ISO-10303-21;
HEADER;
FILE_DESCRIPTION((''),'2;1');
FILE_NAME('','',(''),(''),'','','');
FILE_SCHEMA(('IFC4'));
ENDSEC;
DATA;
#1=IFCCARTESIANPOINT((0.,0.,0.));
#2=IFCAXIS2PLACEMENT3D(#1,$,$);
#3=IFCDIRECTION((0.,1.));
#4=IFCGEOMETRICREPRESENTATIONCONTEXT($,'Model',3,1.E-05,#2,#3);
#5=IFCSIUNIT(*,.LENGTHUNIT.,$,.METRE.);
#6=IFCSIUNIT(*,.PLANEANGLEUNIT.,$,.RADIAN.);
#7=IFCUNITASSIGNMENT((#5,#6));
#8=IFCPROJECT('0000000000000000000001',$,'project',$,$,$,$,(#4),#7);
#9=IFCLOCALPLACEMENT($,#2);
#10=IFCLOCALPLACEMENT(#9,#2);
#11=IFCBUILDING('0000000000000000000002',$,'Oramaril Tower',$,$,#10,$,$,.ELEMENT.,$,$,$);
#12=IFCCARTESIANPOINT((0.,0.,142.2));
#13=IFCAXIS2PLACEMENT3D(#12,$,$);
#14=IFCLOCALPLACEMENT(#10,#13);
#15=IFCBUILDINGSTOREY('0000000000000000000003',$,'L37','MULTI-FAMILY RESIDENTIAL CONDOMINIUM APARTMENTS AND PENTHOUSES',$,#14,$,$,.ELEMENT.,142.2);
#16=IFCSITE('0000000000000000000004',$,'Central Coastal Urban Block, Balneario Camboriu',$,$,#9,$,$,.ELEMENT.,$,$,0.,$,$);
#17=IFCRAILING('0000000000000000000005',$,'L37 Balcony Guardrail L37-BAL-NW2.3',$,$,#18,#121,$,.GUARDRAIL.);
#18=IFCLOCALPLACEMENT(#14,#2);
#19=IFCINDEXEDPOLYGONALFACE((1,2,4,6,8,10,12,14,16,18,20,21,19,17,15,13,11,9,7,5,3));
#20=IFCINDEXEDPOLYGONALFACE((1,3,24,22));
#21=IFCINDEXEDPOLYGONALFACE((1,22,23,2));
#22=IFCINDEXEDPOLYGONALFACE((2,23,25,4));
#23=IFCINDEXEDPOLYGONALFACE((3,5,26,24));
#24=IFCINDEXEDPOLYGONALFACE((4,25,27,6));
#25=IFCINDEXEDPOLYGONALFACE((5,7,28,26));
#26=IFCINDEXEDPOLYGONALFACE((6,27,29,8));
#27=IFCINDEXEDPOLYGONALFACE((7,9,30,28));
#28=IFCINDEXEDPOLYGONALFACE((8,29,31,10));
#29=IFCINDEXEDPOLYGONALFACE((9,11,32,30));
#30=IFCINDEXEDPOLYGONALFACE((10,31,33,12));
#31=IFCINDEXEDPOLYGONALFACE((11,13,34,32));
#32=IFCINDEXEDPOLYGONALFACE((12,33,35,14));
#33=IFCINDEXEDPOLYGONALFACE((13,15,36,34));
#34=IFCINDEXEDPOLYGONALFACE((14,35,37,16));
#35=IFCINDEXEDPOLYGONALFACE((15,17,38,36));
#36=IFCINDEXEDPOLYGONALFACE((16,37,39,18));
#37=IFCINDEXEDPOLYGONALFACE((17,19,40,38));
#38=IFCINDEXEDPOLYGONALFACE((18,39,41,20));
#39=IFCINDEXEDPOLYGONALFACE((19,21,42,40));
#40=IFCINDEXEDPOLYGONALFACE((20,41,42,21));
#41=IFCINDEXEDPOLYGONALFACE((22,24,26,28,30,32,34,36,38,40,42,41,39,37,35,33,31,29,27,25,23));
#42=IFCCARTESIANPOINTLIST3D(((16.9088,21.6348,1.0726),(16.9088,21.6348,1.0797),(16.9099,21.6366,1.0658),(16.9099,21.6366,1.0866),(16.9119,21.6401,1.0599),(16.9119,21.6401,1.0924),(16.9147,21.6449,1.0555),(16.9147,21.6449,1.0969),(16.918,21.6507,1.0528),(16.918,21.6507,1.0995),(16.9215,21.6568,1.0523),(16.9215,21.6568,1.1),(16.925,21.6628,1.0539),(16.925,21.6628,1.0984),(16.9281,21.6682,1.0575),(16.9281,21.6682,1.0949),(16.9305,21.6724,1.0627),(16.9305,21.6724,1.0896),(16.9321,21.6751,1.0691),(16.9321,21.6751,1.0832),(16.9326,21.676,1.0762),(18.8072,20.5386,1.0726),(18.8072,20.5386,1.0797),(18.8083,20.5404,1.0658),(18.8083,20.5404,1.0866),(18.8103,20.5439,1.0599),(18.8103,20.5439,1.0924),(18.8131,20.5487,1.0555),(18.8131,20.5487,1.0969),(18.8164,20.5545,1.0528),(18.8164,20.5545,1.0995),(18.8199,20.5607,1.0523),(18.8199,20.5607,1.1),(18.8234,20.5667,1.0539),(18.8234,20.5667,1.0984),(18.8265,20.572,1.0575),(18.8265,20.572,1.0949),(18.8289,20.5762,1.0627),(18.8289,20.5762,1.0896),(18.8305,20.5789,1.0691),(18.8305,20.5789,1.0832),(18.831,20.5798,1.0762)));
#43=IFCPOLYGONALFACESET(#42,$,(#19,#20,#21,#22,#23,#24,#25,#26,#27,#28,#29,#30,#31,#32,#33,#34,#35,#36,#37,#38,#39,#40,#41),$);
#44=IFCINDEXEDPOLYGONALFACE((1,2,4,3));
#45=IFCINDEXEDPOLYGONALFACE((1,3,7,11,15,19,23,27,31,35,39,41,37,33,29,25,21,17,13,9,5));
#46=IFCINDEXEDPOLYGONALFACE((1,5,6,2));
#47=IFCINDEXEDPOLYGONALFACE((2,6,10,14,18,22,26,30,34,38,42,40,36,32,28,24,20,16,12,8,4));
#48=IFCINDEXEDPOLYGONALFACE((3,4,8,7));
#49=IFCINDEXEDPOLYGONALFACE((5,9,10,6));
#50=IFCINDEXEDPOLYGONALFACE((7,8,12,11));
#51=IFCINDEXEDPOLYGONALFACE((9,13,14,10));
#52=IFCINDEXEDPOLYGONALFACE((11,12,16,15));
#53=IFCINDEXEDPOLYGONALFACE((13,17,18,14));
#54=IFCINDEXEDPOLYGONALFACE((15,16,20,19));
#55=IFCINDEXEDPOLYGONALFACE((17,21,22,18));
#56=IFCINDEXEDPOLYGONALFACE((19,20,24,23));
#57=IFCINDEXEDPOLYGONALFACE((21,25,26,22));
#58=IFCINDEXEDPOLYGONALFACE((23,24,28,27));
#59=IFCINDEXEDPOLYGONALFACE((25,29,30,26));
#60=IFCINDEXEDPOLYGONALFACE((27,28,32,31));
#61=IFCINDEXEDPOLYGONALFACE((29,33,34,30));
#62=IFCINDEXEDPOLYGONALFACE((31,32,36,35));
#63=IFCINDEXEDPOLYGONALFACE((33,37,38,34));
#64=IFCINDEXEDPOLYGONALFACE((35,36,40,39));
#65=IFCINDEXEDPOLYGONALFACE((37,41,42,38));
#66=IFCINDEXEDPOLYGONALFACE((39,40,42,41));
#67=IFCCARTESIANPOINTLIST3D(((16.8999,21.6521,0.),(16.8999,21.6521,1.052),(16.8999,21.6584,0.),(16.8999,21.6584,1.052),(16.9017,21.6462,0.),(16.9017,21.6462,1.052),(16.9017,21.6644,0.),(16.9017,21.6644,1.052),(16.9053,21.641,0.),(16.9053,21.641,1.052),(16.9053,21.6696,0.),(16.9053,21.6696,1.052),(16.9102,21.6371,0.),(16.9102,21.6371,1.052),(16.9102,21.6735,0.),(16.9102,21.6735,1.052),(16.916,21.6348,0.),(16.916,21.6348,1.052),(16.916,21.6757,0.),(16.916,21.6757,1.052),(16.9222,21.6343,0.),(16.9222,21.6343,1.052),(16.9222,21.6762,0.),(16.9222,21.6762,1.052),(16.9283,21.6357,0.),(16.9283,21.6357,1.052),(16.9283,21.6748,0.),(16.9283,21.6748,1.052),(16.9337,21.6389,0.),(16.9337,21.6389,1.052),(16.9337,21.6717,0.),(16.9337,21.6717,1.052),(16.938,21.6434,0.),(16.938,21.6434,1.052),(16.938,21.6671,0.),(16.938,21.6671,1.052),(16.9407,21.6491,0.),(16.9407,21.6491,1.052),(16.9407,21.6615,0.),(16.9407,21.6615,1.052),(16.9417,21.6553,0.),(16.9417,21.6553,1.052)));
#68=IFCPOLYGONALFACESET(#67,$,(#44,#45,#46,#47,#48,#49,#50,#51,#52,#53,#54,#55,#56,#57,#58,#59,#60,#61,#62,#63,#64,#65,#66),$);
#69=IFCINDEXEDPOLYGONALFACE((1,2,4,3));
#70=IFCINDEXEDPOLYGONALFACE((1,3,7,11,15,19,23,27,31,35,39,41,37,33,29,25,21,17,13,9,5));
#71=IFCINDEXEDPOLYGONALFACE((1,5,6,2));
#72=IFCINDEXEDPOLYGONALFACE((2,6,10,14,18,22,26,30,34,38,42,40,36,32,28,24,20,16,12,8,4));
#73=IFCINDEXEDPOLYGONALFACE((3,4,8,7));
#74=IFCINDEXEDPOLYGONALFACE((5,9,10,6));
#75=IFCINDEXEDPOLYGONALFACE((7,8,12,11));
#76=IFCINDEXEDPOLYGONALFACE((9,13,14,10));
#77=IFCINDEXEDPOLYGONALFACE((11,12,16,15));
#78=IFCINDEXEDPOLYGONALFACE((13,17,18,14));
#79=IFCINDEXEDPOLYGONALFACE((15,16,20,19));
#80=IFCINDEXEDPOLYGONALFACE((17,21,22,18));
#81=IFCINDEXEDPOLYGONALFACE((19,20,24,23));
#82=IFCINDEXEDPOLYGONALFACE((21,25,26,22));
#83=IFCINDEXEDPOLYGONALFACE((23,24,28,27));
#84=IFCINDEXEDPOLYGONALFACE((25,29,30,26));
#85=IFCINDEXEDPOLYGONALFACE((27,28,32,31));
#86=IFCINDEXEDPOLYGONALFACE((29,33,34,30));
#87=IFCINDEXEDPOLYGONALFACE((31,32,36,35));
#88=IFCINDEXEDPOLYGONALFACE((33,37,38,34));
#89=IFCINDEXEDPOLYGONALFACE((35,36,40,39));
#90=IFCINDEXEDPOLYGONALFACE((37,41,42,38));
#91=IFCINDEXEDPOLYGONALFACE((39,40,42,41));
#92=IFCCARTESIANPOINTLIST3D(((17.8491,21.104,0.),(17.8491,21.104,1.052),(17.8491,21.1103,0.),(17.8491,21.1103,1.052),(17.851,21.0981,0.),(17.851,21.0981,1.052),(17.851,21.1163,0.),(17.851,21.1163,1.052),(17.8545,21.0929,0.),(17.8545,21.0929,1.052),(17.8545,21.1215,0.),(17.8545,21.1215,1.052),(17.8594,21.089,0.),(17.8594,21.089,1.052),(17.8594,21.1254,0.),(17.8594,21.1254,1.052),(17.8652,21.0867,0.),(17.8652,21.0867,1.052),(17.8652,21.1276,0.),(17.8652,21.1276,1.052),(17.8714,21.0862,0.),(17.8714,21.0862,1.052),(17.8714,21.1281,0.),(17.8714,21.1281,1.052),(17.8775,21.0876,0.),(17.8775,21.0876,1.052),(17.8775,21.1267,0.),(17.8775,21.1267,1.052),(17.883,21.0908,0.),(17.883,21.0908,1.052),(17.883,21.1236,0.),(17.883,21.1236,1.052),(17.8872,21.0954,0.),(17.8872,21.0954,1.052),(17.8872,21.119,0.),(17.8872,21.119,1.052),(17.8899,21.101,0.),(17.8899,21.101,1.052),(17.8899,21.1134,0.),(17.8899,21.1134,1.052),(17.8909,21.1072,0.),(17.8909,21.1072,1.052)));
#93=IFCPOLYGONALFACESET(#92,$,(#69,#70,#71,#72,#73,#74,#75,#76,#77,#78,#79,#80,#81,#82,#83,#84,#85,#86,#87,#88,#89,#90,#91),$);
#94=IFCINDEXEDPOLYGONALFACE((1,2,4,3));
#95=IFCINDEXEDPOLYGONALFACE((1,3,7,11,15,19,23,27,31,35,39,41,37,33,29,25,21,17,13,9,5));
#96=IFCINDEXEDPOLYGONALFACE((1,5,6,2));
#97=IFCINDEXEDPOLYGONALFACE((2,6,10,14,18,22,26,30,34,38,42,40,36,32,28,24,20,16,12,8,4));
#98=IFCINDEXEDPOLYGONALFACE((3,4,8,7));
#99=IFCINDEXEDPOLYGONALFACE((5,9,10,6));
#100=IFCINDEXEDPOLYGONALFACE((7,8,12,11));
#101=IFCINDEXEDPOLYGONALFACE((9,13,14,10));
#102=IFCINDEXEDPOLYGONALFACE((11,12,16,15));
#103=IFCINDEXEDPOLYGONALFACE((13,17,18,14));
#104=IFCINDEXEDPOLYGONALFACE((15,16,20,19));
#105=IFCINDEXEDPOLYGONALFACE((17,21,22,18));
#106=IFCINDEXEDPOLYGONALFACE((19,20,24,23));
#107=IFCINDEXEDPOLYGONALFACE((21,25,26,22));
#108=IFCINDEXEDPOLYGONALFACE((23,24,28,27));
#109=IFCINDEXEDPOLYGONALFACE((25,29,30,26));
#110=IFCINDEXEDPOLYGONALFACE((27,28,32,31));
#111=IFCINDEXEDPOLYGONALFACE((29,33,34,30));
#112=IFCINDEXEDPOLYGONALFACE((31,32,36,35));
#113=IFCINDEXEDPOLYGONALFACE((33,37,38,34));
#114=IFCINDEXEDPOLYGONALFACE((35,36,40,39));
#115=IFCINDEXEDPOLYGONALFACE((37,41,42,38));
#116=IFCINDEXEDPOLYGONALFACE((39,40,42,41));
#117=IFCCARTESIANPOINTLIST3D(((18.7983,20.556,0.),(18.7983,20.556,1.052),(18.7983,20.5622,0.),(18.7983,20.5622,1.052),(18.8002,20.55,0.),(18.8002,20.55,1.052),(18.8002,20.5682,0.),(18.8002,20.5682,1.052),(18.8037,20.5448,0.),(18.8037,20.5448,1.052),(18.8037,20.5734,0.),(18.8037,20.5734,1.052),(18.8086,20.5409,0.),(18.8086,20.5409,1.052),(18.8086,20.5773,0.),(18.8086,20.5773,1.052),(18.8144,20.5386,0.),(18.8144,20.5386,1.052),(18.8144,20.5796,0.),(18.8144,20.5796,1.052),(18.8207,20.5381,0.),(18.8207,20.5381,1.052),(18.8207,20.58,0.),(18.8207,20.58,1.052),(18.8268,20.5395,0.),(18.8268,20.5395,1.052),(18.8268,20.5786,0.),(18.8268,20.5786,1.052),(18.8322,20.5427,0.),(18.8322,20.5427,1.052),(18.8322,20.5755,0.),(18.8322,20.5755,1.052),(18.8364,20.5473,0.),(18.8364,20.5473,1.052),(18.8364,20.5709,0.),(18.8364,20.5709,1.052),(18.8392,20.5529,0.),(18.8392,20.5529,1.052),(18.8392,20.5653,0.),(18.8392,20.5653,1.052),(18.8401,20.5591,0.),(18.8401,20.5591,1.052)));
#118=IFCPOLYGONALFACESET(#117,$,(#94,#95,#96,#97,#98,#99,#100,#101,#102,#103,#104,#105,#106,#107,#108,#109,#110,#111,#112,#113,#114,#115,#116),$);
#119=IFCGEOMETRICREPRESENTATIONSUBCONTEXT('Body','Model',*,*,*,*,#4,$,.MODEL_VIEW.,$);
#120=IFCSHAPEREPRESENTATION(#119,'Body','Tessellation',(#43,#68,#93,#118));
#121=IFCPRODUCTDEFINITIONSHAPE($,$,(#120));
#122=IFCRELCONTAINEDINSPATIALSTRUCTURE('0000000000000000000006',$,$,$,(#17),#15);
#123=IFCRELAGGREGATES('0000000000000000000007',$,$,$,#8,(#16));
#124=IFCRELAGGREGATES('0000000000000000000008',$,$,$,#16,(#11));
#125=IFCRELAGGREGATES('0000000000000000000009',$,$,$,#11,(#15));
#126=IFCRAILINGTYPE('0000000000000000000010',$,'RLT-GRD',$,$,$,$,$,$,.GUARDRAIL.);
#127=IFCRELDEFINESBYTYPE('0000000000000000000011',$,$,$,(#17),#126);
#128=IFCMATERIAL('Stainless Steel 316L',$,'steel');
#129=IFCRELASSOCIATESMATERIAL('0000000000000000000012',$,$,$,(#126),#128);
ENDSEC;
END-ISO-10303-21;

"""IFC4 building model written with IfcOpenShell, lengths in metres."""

from ifc_helpers import new_model, si_unit, direction, frame, origin, origin_2d, place, context, subcontext, project, spatial, circle, extrude, material, type_object, element, save


model = new_model("IFC4")

# Units and contexts
model_context = context("Model", 3, precision=1e-05, world=origin(), true_north=direction((0.0, 1.0)))
body_context = subcontext(model_context, "Body", "Model", "MODEL_VIEW")
ifc_project = project(units=[si_unit("LENGTHUNIT", "METRE"), si_unit("PLANEANGLEUNIT", "RADIAN")], contexts=[model_context])

# Site, building, storey
site_placement = place(None, origin())
site = spatial("IfcSite", under=ifc_project, at=site_placement, Name="Central Coastal Urban Block, Balneario Camboriu", CompositionType="ELEMENT", RefElevation=0.0)
building_placement = place(site_placement, origin())
building = spatial("IfcBuilding", under=site, at=building_placement, Name="Oramaril Tower", CompositionType="ELEMENT")
storey_placement = place(building_placement, frame((0.0, 0.0, 142.2)))
storey = spatial("IfcBuildingStorey", under=building, at=storey_placement, Name="L37", Description="MULTI-FAMILY RESIDENTIAL CONDOMINIUM APARTMENTS AND PENTHOUSES", CompositionType="ELEMENT", Elevation=142.2)

# Railing
ifc_material_1 = material(Name="Stainless Steel 316L", Category="steel")
railing_type = type_object("IfcRailingType", Name="RLT-GRD", PredefinedType="GUARDRAIL", material=ifc_material_1)
railing_1_placement = place(storey_placement, frame((16.9207, 21.6553, 0.0)))
element("IfcRailing", 1, at=railing_1_placement, inside=storey, type_object=railing_type, Name="L37 Balcony Guardrail L37-BAL-NW2.3", PredefinedType="GUARDRAIL", context=body_context, shape_type="SweptSolid", body=[
    extrude(circle(Radius=0.0239, at=origin_2d()), frame((0.0, 0.0, 1.0762), z_axis=(0.866, -0.500044, 0.0), x_axis=(0.500044, 0.866, 0.0)), (0.0, 0.0, 1.0), 2.1921),
    extrude(circle(Radius=0.021, at=origin_2d()), origin(), (0.0, 0.0, 1.0), 1.052),
    extrude(circle(Radius=0.021, at=origin_2d()), frame((0.9492, -0.5481, 0.0)), (0.0, 0.0, 1.0), 1.052),
    extrude(circle(Radius=0.021, at=origin_2d()), frame((1.8984, -1.0962, 0.0)), (0.0, 0.0, 1.0), 1.052),
])

save(model, "model.ifc")
